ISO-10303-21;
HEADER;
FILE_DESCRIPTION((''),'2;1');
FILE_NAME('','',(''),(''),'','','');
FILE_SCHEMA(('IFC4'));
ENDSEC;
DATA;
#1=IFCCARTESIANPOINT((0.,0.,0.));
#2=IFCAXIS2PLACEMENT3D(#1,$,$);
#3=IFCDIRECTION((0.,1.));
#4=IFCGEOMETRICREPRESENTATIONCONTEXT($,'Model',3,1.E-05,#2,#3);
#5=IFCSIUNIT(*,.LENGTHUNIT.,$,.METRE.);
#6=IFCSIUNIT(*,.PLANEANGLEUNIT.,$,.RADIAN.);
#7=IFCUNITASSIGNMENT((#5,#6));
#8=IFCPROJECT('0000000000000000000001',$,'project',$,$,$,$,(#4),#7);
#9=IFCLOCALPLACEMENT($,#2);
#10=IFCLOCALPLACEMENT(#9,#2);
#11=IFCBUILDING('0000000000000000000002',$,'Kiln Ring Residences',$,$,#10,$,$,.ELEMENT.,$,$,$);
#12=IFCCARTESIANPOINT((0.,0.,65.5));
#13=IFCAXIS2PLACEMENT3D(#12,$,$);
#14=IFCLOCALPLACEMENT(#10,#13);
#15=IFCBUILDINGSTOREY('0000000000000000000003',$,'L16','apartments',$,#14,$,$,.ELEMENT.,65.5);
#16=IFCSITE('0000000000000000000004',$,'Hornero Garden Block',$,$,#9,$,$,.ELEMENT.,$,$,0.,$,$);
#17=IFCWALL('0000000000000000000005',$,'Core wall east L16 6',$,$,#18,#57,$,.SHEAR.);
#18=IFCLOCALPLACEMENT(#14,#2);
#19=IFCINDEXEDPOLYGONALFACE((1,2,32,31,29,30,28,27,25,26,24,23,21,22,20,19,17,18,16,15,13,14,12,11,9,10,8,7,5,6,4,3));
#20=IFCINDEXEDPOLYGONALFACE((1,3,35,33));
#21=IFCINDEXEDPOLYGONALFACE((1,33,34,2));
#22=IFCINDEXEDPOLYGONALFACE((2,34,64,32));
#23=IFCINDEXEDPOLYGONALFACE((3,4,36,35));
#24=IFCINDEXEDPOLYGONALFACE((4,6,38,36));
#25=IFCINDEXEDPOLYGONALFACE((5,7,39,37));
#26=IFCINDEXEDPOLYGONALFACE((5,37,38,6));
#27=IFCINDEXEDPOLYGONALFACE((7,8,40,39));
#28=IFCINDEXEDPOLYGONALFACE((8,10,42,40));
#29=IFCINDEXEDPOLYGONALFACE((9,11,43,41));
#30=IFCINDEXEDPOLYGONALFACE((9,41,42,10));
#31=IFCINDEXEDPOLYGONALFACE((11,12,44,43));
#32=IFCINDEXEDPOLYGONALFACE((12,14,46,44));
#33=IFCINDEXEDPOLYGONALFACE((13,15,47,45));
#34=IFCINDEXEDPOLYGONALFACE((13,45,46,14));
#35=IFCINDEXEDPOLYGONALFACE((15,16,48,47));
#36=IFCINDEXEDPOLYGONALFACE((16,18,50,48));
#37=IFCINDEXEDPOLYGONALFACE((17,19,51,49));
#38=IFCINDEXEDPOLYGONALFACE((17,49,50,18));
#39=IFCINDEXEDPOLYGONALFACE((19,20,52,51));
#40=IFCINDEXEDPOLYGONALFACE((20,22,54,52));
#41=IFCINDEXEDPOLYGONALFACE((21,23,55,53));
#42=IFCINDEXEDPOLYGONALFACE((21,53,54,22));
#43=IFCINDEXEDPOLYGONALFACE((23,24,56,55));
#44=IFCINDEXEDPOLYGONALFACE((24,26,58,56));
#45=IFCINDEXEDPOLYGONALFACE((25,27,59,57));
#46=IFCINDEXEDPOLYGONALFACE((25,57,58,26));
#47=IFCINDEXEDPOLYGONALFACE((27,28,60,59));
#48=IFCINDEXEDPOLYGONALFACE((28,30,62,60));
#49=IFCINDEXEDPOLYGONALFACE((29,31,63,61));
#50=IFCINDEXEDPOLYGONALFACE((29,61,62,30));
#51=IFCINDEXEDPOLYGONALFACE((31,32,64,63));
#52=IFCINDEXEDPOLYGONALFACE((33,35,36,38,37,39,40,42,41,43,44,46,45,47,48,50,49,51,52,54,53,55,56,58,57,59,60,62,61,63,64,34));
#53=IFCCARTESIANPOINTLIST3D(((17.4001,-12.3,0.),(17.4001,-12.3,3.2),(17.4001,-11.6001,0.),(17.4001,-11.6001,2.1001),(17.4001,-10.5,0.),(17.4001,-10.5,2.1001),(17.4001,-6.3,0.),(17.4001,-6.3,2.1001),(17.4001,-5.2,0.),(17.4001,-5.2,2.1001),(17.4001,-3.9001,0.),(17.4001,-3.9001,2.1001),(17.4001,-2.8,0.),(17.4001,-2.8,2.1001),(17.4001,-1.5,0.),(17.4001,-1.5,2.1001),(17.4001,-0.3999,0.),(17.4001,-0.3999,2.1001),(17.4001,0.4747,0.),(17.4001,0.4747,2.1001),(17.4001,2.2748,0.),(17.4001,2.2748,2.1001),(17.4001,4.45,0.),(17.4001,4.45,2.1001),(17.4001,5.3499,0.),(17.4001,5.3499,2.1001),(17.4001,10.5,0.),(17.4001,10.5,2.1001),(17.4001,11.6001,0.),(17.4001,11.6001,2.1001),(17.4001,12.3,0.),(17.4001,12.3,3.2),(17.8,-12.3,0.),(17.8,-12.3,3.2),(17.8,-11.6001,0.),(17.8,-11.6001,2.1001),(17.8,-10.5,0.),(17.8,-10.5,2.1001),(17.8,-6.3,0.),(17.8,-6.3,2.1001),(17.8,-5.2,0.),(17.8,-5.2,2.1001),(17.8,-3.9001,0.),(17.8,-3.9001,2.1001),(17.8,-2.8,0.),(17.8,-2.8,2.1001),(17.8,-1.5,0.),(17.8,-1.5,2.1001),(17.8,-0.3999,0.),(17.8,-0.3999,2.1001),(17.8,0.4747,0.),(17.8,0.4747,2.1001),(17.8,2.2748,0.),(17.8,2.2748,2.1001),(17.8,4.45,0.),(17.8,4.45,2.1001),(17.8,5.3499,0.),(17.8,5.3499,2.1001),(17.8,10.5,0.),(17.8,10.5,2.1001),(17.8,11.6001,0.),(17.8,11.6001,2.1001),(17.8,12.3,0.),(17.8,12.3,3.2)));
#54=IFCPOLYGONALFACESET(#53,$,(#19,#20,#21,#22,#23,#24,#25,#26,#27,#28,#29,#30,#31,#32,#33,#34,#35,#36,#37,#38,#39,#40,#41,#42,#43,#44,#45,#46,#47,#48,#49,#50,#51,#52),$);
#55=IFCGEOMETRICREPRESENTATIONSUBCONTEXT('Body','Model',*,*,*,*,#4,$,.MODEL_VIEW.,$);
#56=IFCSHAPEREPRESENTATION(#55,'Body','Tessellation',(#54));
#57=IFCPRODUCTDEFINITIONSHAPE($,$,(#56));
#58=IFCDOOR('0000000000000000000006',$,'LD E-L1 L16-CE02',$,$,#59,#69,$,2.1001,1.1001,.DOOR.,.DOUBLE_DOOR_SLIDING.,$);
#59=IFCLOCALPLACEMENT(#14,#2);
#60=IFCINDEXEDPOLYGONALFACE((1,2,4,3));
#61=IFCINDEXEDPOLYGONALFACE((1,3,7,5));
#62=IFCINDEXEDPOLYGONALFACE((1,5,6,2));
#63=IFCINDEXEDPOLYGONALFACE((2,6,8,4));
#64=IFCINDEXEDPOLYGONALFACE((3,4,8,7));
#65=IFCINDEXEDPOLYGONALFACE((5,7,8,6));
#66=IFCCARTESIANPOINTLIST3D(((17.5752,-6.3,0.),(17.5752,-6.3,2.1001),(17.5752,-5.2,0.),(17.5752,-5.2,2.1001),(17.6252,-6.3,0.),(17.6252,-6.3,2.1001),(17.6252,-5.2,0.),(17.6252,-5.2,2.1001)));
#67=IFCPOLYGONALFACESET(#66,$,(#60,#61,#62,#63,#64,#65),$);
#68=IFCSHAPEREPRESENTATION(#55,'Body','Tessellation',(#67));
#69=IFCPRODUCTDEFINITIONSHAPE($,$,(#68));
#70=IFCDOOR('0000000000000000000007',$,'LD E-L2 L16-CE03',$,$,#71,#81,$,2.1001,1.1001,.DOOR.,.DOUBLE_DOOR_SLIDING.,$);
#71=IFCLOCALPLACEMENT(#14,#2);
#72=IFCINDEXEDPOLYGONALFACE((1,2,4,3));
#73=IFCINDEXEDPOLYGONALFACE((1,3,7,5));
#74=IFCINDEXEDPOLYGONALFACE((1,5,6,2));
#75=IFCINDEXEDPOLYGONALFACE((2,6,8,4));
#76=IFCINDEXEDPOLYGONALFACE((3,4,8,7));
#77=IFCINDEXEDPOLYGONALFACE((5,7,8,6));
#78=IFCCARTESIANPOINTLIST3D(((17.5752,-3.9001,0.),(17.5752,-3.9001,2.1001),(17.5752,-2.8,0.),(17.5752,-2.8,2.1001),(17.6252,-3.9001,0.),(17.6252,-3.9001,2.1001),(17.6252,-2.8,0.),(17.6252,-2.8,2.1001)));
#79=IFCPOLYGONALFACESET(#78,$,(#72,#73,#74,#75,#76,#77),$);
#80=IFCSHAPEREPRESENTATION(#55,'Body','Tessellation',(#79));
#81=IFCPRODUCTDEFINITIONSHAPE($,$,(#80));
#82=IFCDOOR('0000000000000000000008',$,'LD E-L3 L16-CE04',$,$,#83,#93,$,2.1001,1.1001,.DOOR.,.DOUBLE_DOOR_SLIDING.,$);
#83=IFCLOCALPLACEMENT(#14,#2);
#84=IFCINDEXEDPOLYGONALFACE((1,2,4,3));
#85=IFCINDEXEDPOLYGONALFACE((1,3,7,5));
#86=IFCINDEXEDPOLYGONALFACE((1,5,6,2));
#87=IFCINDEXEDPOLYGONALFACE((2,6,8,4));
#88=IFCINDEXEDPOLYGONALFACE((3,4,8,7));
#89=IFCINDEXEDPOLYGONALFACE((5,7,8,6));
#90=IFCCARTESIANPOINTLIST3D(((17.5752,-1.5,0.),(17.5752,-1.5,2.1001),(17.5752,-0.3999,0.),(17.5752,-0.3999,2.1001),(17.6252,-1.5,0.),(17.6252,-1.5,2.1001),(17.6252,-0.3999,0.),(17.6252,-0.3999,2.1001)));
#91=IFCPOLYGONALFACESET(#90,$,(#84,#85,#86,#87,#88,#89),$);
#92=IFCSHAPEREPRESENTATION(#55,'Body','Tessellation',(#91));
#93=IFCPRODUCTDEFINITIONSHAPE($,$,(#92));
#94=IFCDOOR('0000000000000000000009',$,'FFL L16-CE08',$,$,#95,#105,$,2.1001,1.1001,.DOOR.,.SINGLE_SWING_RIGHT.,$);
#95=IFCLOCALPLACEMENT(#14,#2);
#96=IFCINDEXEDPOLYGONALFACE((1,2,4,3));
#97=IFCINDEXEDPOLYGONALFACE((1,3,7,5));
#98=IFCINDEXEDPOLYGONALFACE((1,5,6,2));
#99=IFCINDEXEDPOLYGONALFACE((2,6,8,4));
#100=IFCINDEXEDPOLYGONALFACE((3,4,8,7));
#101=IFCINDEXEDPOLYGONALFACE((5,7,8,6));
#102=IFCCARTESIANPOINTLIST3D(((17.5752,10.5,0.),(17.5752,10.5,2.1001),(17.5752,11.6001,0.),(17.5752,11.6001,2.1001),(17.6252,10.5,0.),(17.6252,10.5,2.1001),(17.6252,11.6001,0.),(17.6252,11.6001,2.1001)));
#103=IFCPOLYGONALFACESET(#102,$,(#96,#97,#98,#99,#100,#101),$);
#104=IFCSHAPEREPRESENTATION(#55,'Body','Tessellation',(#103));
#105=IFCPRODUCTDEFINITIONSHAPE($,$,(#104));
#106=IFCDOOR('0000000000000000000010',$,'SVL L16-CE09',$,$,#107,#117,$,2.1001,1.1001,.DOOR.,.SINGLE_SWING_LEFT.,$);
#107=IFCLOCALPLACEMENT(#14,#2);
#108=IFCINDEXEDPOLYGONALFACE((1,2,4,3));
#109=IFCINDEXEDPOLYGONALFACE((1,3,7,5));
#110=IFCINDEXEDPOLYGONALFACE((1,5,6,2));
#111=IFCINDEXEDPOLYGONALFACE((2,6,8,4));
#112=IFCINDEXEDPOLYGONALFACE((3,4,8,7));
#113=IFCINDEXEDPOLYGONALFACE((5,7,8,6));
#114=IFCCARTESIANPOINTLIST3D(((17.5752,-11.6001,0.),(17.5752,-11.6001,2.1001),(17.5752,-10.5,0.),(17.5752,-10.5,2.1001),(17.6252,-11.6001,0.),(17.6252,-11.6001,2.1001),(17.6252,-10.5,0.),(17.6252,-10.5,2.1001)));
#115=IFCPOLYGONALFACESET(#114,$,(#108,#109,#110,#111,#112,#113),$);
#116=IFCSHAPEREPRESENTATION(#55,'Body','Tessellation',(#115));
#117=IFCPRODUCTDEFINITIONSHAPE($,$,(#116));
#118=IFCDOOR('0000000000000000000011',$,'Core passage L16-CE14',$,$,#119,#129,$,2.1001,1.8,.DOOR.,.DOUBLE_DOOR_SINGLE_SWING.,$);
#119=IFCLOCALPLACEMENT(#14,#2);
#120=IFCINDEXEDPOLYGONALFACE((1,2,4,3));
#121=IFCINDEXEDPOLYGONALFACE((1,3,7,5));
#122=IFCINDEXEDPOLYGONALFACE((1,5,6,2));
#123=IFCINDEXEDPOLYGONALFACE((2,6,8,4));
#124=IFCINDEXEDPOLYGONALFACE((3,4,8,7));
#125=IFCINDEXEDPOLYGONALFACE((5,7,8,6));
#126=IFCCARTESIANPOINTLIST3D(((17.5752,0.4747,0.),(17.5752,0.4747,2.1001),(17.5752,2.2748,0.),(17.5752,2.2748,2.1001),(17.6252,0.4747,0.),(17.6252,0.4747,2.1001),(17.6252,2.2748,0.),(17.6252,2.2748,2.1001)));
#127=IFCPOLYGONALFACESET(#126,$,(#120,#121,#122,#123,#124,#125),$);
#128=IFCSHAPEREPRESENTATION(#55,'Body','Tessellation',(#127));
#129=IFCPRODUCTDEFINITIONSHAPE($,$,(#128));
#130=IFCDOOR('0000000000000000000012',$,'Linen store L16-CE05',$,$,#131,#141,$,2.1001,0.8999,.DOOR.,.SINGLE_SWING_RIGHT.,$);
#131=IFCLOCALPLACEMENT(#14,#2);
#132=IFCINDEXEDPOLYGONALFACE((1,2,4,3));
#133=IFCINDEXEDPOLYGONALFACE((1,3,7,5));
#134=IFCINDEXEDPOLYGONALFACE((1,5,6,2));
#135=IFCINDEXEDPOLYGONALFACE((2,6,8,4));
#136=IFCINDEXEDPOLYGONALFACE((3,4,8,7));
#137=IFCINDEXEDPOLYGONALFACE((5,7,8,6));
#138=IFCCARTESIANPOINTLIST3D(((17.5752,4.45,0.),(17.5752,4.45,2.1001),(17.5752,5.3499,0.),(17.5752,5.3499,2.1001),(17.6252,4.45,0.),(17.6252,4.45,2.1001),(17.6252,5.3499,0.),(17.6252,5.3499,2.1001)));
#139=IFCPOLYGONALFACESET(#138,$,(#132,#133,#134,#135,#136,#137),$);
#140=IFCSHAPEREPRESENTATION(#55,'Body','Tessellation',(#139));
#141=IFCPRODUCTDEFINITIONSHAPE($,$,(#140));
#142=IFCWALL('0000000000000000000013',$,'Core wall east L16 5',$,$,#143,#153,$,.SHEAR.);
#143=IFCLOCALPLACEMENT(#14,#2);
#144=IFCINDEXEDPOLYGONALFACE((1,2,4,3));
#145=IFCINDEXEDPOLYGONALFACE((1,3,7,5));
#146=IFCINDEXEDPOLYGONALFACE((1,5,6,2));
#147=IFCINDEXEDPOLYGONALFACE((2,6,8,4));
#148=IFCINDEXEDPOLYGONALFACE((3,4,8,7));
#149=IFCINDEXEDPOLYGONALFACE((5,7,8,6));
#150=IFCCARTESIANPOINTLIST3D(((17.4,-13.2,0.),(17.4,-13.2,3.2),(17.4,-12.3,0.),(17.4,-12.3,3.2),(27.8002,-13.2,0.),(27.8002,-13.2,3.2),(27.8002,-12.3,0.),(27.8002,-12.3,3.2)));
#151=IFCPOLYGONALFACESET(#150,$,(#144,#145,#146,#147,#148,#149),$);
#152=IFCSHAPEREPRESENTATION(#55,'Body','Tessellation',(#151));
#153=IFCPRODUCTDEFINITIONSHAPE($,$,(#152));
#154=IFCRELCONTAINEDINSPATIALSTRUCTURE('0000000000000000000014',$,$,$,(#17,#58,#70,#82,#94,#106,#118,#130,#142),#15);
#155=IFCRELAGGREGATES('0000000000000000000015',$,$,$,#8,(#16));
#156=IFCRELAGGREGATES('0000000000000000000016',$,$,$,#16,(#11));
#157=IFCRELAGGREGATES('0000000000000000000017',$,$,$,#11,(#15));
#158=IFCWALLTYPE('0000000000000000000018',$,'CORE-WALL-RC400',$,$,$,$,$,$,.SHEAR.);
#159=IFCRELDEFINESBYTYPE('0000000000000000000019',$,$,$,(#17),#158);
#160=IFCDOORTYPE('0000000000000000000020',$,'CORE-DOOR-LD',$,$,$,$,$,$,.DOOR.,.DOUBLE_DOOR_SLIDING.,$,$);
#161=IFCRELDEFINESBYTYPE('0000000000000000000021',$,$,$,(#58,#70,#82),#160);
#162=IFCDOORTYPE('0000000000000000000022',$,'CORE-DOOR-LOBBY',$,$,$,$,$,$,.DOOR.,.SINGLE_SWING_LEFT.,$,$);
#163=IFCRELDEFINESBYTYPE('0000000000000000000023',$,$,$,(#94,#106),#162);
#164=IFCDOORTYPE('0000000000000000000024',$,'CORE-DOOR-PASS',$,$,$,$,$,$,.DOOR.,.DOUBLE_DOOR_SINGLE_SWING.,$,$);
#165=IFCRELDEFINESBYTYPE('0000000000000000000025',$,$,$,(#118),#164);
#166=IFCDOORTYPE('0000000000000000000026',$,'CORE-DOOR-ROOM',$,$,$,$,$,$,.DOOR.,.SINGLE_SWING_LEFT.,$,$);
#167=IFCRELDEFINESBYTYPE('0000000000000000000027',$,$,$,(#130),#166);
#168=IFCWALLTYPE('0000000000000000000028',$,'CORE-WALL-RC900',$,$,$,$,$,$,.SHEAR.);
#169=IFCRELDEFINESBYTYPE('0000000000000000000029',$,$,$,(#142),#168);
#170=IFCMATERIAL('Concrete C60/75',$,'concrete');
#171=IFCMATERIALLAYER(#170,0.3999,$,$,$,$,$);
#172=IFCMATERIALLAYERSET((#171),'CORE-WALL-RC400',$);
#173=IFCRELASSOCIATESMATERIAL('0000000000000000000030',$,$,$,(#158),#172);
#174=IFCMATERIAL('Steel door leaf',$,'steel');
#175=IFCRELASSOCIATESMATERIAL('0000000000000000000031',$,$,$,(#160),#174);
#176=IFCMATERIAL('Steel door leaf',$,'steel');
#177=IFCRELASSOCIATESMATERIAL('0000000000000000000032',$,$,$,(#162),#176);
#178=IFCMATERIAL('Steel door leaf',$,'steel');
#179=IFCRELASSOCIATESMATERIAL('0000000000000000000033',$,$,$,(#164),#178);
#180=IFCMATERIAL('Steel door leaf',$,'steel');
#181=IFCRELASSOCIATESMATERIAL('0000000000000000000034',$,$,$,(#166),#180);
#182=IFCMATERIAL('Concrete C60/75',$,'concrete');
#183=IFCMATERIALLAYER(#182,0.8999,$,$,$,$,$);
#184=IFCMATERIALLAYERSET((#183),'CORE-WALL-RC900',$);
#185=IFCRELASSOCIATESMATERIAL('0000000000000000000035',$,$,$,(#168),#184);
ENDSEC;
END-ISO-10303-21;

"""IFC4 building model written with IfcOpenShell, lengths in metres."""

from ifc_helpers import new_model, si_unit, direction, frame, frame_2d, origin, place, context, subcontext, project, spatial, rectangle, extrude, material, layer, layer_set, type_object, element, fill, save


model = new_model("IFC4")

# Units and contexts
model_context = context("Model", 3, precision=1e-05, world=origin(), true_north=direction((0.0, 1.0)))
body_context = subcontext(model_context, "Body", "Model", "MODEL_VIEW")
ifc_project = project(units=[si_unit("LENGTHUNIT", "METRE"), si_unit("PLANEANGLEUNIT", "RADIAN")], contexts=[model_context])

# Site, building, storey
site_placement = place(None, origin())
site = spatial("IfcSite", under=ifc_project, at=site_placement, Name="Hornero Garden Block", CompositionType="ELEMENT", RefElevation=0.0)
building_placement = place(site_placement, origin())
building = spatial("IfcBuilding", under=site, at=building_placement, Name="Kiln Ring Residences", CompositionType="ELEMENT")
storey_placement = place(building_placement, frame((0.0, 0.0, 65.5)))
storey = spatial("IfcBuildingStorey", under=building, at=storey_placement, Name="L16", Description="apartments", CompositionType="ELEMENT", Elevation=65.5)

# Wall, openings, doors
ifc_material_1 = material(Name="Concrete C60/75", Category="concrete")
ifc_layer_1 = layer(ifc_material_1, 0.3999)
ifc_layer_set_1 = layer_set([ifc_layer_1], Name="CORE-WALL-RC400")
wall_type_1 = type_object("IfcWallType", Name="CORE-WALL-RC400", PredefinedType="SHEAR", material=ifc_layer_set_1)
wall_1_placement = place(storey_placement, frame((17.6001, -12.3, 0.0), z_axis=(0.0, 0.0, 1.0), x_axis=(0.0, 1.0, 0.0)))
wall_1 = element("IfcWall", 1, at=wall_1_placement, inside=storey, type_object=wall_type_1, Name="Core wall east L16 6", PredefinedType="SHEAR", context=body_context, shape_type="SweptSolid", body=[
    extrude(rectangle(XDim=24.6001, YDim=0.3999, at=frame_2d((12.3, 0.0))), origin(), (0.0, 0.0, 1.0), 3.2),
])
opening_1_placement = place(wall_1_placement, frame((6.0, 0.0, 0.0)))
opening_1 = element("IfcOpeningElement", 2, at=opening_1_placement, cuts=wall_1, PredefinedType="OPENING", context=body_context, shape_type="SweptSolid", body=[
    extrude(rectangle(XDim=1.1001, YDim=2.1001, at=frame_2d((0.55, 1.05))), frame((0.0, 0.21, 0.0), z_axis=(0.0, -1.0, 0.0), x_axis=(1.0, 0.0, 0.0)), (0.0, 0.0, 1.0), 0.4199),
])
opening_2_placement = place(wall_1_placement, frame((8.3999, 0.0, 0.0)))
opening_2 = element("IfcOpeningElement", 3, at=opening_2_placement, cuts=wall_1, PredefinedType="OPENING", context=body_context, shape_type="SweptSolid", body=[
    extrude(rectangle(XDim=1.1001, YDim=2.1001, at=frame_2d((0.55, 1.05))), frame((0.0, 0.21, 0.0), z_axis=(0.0, -1.0, 0.0), x_axis=(1.0, 0.0, 0.0)), (0.0, 0.0, 1.0), 0.4199),
])
opening_3_placement = place(wall_1_placement, frame((10.8, 0.0, 0.0)))
opening_3 = element("IfcOpeningElement", 4, at=opening_3_placement, cuts=wall_1, PredefinedType="OPENING", context=body_context, shape_type="SweptSolid", body=[
    extrude(rectangle(XDim=1.1001, YDim=2.1001, at=frame_2d((0.55, 1.05))), frame((0.0, 0.21, 0.0), z_axis=(0.0, -1.0, 0.0), x_axis=(1.0, 0.0, 0.0)), (0.0, 0.0, 1.0), 0.4199),
])
opening_4_placement = place(wall_1_placement, frame((16.75, 0.0, 0.0)))
opening_4 = element("IfcOpeningElement", 5, at=opening_4_placement, cuts=wall_1, PredefinedType="OPENING", context=body_context, shape_type="SweptSolid", body=[
    extrude(rectangle(XDim=0.8999, YDim=2.1001, at=frame_2d((0.45, 1.05))), frame((0.0, 0.21, 0.0), z_axis=(0.0, -1.0, 0.0), x_axis=(1.0, 0.0, 0.0)), (0.0, 0.0, 1.0), 0.4199),
])
opening_5_placement = place(wall_1_placement, frame((22.8, 0.0, 0.0)))
opening_5 = element("IfcOpeningElement", 6, at=opening_5_placement, cuts=wall_1, PredefinedType="OPENING", context=body_context, shape_type="SweptSolid", body=[
    extrude(rectangle(XDim=1.1001, YDim=2.1001, at=frame_2d((0.55, 1.05))), frame((0.0, 0.21, 0.0), z_axis=(0.0, -1.0, 0.0), x_axis=(1.0, 0.0, 0.0)), (0.0, 0.0, 1.0), 0.4199),
])
opening_6_placement = place(wall_1_placement, frame((0.7, 0.0, 0.0)))
opening_6 = element("IfcOpeningElement", 7, at=opening_6_placement, cuts=wall_1, PredefinedType="OPENING", context=body_context, shape_type="SweptSolid", body=[
    extrude(rectangle(XDim=1.1001, YDim=2.1001, at=frame_2d((0.55, 1.05))), frame((0.0, 0.21, 0.0), z_axis=(0.0, -1.0, 0.0), x_axis=(1.0, 0.0, 0.0)), (0.0, 0.0, 1.0), 0.4199),
])
opening_7_placement = place(wall_1_placement, frame((12.7749, 0.0, 0.0)))
opening_7 = element("IfcOpeningElement", 8, at=opening_7_placement, cuts=wall_1, PredefinedType="OPENING", context=body_context, shape_type="SweptSolid", body=[
    extrude(rectangle(XDim=1.8, YDim=2.1001, at=frame_2d((0.8999, 1.05))), frame((0.0, 0.21, 0.0), z_axis=(0.0, -1.0, 0.0), x_axis=(1.0, 0.0, 0.0)), (0.0, 0.0, 1.0), 0.4199),
])
ifc_material_2 = material(Name="Steel door leaf", Category="steel")
door_type_1 = type_object("IfcDoorType", Name="CORE-DOOR-LD", OperationType="DOUBLE_DOOR_SLIDING", PredefinedType="DOOR", material=ifc_material_2)
door_1_placement = place(opening_1_placement, origin())
door_1 = element("IfcDoor", 9, at=door_1_placement, inside=storey, type_object=door_type_1, Name="LD E-L1 L16-CE02", OperationType="DOUBLE_DOOR_SLIDING", OverallHeight=2.1001, OverallWidth=1.1001, PredefinedType="DOOR", context=body_context, shape_type="SweptSolid", body=[
    extrude(rectangle(XDim=1.1001, YDim=2.1001, at=frame_2d((0.55, 1.05))), frame((0.0, 0.0249, 0.0), z_axis=(0.0, -1.0, 0.0), x_axis=(1.0, 0.0, 0.0)), (0.0, 0.0, 1.0), 0.05),
])
fill(opening_1, door_1)
door_2_placement = place(opening_2_placement, origin())
door_2 = element("IfcDoor", 10, at=door_2_placement, inside=storey, type_object=door_type_1, Name="LD E-L2 L16-CE03", OperationType="DOUBLE_DOOR_SLIDING", OverallHeight=2.1001, OverallWidth=1.1001, PredefinedType="DOOR", context=body_context, shape_type="SweptSolid", body=[
    extrude(rectangle(XDim=1.1001, YDim=2.1001, at=frame_2d((0.55, 1.05))), frame((0.0, 0.0249, 0.0), z_axis=(0.0, -1.0, 0.0), x_axis=(1.0, 0.0, 0.0)), (0.0, 0.0, 1.0), 0.05),
])
fill(opening_2, door_2)
door_3_placement = place(opening_3_placement, origin())
door_3 = element("IfcDoor", 11, at=door_3_placement, inside=storey, type_object=door_type_1, Name="LD E-L3 L16-CE04", OperationType="DOUBLE_DOOR_SLIDING", OverallHeight=2.1001, OverallWidth=1.1001, PredefinedType="DOOR", context=body_context, shape_type="SweptSolid", body=[
    extrude(rectangle(XDim=1.1001, YDim=2.1001, at=frame_2d((0.55, 1.05))), frame((0.0, 0.0249, 0.0), z_axis=(0.0, -1.0, 0.0), x_axis=(1.0, 0.0, 0.0)), (0.0, 0.0, 1.0), 0.05),
])
fill(opening_3, door_3)
ifc_material_3 = material(Name="Steel door leaf", Category="steel")
door_type_2 = type_object("IfcDoorType", Name="CORE-DOOR-LOBBY", OperationType="SINGLE_SWING_LEFT", PredefinedType="DOOR", material=ifc_material_3)
door_4_placement = place(opening_5_placement, origin())
door_4 = element("IfcDoor", 12, at=door_4_placement, inside=storey, type_object=door_type_2, Name="FFL L16-CE08", OperationType="SINGLE_SWING_RIGHT", OverallHeight=2.1001, OverallWidth=1.1001, PredefinedType="DOOR", context=body_context, shape_type="SweptSolid", body=[
    extrude(rectangle(XDim=1.1001, YDim=2.1001, at=frame_2d((0.55, 1.05))), frame((0.0, 0.0249, 0.0), z_axis=(0.0, -1.0, 0.0), x_axis=(1.0, 0.0, 0.0)), (0.0, 0.0, 1.0), 0.05),
])
fill(opening_5, door_4)
door_5_placement = place(opening_6_placement, origin())
door_5 = element("IfcDoor", 13, at=door_5_placement, inside=storey, type_object=door_type_2, Name="SVL L16-CE09", OperationType="SINGLE_SWING_LEFT", OverallHeight=2.1001, OverallWidth=1.1001, PredefinedType="DOOR", context=body_context, shape_type="SweptSolid", body=[
    extrude(rectangle(XDim=1.1001, YDim=2.1001, at=frame_2d((0.55, 1.05))), frame((0.0, 0.0249, 0.0), z_axis=(0.0, -1.0, 0.0), x_axis=(1.0, 0.0, 0.0)), (0.0, 0.0, 1.0), 0.05),
])
fill(opening_6, door_5)
ifc_material_4 = material(Name="Steel door leaf", Category="steel")
door_type_3 = type_object("IfcDoorType", Name="CORE-DOOR-PASS", OperationType="DOUBLE_DOOR_SINGLE_SWING", PredefinedType="DOOR", material=ifc_material_4)
door_6_placement = place(opening_7_placement, origin())
door_6 = element("IfcDoor", 14, at=door_6_placement, inside=storey, type_object=door_type_3, Name="Core passage L16-CE14", OperationType="DOUBLE_DOOR_SINGLE_SWING", OverallHeight=2.1001, OverallWidth=1.8, PredefinedType="DOOR", context=body_context, shape_type="SweptSolid", body=[
    extrude(rectangle(XDim=1.8, YDim=2.1001, at=frame_2d((0.8999, 1.05))), frame((0.0, 0.0249, 0.0), z_axis=(0.0, -1.0, 0.0), x_axis=(1.0, 0.0, 0.0)), (0.0, 0.0, 1.0), 0.05),
])
fill(opening_7, door_6)
ifc_material_5 = material(Name="Steel door leaf", Category="steel")
door_type_4 = type_object("IfcDoorType", Name="CORE-DOOR-ROOM", OperationType="SINGLE_SWING_LEFT", PredefinedType="DOOR", material=ifc_material_5)
door_7_placement = place(opening_4_placement, origin())
door_7 = element("IfcDoor", 15, at=door_7_placement, inside=storey, type_object=door_type_4, Name="Linen store L16-CE05", OperationType="SINGLE_SWING_RIGHT", OverallHeight=2.1001, OverallWidth=0.8999, PredefinedType="DOOR", context=body_context, shape_type="SweptSolid", body=[
    extrude(rectangle(XDim=0.8999, YDim=2.1001, at=frame_2d((0.45, 1.05))), frame((0.0, 0.0249, 0.0), z_axis=(0.0, -1.0, 0.0), x_axis=(1.0, 0.0, 0.0)), (0.0, 0.0, 1.0), 0.05),
])
fill(opening_4, door_7)

# Wall
ifc_material_6 = material(Name="Concrete C60/75", Category="concrete")
ifc_layer_2 = layer(ifc_material_6, 0.8999)
ifc_layer_set_2 = layer_set([ifc_layer_2], Name="CORE-WALL-RC900")
wall_type_2 = type_object("IfcWallType", Name="CORE-WALL-RC900", PredefinedType="SHEAR", material=ifc_layer_set_2)
wall_2_placement = place(storey_placement, frame((17.3999, -12.75, 0.0), z_axis=(0.0, 0.0, 1.0), x_axis=(1.0, 0.0, 0.0)))
element("IfcWall", 16, at=wall_2_placement, inside=storey, type_object=wall_type_2, Name="Core wall east L16 5", PredefinedType="SHEAR", context=body_context, shape_type="SweptSolid", body=[
    extrude(rectangle(XDim=10.4001, YDim=0.8999, at=frame_2d((5.2002, 0.0))), origin(), (0.0, 0.0, 1.0), 3.2),
])

save(model, "model.ifc")
